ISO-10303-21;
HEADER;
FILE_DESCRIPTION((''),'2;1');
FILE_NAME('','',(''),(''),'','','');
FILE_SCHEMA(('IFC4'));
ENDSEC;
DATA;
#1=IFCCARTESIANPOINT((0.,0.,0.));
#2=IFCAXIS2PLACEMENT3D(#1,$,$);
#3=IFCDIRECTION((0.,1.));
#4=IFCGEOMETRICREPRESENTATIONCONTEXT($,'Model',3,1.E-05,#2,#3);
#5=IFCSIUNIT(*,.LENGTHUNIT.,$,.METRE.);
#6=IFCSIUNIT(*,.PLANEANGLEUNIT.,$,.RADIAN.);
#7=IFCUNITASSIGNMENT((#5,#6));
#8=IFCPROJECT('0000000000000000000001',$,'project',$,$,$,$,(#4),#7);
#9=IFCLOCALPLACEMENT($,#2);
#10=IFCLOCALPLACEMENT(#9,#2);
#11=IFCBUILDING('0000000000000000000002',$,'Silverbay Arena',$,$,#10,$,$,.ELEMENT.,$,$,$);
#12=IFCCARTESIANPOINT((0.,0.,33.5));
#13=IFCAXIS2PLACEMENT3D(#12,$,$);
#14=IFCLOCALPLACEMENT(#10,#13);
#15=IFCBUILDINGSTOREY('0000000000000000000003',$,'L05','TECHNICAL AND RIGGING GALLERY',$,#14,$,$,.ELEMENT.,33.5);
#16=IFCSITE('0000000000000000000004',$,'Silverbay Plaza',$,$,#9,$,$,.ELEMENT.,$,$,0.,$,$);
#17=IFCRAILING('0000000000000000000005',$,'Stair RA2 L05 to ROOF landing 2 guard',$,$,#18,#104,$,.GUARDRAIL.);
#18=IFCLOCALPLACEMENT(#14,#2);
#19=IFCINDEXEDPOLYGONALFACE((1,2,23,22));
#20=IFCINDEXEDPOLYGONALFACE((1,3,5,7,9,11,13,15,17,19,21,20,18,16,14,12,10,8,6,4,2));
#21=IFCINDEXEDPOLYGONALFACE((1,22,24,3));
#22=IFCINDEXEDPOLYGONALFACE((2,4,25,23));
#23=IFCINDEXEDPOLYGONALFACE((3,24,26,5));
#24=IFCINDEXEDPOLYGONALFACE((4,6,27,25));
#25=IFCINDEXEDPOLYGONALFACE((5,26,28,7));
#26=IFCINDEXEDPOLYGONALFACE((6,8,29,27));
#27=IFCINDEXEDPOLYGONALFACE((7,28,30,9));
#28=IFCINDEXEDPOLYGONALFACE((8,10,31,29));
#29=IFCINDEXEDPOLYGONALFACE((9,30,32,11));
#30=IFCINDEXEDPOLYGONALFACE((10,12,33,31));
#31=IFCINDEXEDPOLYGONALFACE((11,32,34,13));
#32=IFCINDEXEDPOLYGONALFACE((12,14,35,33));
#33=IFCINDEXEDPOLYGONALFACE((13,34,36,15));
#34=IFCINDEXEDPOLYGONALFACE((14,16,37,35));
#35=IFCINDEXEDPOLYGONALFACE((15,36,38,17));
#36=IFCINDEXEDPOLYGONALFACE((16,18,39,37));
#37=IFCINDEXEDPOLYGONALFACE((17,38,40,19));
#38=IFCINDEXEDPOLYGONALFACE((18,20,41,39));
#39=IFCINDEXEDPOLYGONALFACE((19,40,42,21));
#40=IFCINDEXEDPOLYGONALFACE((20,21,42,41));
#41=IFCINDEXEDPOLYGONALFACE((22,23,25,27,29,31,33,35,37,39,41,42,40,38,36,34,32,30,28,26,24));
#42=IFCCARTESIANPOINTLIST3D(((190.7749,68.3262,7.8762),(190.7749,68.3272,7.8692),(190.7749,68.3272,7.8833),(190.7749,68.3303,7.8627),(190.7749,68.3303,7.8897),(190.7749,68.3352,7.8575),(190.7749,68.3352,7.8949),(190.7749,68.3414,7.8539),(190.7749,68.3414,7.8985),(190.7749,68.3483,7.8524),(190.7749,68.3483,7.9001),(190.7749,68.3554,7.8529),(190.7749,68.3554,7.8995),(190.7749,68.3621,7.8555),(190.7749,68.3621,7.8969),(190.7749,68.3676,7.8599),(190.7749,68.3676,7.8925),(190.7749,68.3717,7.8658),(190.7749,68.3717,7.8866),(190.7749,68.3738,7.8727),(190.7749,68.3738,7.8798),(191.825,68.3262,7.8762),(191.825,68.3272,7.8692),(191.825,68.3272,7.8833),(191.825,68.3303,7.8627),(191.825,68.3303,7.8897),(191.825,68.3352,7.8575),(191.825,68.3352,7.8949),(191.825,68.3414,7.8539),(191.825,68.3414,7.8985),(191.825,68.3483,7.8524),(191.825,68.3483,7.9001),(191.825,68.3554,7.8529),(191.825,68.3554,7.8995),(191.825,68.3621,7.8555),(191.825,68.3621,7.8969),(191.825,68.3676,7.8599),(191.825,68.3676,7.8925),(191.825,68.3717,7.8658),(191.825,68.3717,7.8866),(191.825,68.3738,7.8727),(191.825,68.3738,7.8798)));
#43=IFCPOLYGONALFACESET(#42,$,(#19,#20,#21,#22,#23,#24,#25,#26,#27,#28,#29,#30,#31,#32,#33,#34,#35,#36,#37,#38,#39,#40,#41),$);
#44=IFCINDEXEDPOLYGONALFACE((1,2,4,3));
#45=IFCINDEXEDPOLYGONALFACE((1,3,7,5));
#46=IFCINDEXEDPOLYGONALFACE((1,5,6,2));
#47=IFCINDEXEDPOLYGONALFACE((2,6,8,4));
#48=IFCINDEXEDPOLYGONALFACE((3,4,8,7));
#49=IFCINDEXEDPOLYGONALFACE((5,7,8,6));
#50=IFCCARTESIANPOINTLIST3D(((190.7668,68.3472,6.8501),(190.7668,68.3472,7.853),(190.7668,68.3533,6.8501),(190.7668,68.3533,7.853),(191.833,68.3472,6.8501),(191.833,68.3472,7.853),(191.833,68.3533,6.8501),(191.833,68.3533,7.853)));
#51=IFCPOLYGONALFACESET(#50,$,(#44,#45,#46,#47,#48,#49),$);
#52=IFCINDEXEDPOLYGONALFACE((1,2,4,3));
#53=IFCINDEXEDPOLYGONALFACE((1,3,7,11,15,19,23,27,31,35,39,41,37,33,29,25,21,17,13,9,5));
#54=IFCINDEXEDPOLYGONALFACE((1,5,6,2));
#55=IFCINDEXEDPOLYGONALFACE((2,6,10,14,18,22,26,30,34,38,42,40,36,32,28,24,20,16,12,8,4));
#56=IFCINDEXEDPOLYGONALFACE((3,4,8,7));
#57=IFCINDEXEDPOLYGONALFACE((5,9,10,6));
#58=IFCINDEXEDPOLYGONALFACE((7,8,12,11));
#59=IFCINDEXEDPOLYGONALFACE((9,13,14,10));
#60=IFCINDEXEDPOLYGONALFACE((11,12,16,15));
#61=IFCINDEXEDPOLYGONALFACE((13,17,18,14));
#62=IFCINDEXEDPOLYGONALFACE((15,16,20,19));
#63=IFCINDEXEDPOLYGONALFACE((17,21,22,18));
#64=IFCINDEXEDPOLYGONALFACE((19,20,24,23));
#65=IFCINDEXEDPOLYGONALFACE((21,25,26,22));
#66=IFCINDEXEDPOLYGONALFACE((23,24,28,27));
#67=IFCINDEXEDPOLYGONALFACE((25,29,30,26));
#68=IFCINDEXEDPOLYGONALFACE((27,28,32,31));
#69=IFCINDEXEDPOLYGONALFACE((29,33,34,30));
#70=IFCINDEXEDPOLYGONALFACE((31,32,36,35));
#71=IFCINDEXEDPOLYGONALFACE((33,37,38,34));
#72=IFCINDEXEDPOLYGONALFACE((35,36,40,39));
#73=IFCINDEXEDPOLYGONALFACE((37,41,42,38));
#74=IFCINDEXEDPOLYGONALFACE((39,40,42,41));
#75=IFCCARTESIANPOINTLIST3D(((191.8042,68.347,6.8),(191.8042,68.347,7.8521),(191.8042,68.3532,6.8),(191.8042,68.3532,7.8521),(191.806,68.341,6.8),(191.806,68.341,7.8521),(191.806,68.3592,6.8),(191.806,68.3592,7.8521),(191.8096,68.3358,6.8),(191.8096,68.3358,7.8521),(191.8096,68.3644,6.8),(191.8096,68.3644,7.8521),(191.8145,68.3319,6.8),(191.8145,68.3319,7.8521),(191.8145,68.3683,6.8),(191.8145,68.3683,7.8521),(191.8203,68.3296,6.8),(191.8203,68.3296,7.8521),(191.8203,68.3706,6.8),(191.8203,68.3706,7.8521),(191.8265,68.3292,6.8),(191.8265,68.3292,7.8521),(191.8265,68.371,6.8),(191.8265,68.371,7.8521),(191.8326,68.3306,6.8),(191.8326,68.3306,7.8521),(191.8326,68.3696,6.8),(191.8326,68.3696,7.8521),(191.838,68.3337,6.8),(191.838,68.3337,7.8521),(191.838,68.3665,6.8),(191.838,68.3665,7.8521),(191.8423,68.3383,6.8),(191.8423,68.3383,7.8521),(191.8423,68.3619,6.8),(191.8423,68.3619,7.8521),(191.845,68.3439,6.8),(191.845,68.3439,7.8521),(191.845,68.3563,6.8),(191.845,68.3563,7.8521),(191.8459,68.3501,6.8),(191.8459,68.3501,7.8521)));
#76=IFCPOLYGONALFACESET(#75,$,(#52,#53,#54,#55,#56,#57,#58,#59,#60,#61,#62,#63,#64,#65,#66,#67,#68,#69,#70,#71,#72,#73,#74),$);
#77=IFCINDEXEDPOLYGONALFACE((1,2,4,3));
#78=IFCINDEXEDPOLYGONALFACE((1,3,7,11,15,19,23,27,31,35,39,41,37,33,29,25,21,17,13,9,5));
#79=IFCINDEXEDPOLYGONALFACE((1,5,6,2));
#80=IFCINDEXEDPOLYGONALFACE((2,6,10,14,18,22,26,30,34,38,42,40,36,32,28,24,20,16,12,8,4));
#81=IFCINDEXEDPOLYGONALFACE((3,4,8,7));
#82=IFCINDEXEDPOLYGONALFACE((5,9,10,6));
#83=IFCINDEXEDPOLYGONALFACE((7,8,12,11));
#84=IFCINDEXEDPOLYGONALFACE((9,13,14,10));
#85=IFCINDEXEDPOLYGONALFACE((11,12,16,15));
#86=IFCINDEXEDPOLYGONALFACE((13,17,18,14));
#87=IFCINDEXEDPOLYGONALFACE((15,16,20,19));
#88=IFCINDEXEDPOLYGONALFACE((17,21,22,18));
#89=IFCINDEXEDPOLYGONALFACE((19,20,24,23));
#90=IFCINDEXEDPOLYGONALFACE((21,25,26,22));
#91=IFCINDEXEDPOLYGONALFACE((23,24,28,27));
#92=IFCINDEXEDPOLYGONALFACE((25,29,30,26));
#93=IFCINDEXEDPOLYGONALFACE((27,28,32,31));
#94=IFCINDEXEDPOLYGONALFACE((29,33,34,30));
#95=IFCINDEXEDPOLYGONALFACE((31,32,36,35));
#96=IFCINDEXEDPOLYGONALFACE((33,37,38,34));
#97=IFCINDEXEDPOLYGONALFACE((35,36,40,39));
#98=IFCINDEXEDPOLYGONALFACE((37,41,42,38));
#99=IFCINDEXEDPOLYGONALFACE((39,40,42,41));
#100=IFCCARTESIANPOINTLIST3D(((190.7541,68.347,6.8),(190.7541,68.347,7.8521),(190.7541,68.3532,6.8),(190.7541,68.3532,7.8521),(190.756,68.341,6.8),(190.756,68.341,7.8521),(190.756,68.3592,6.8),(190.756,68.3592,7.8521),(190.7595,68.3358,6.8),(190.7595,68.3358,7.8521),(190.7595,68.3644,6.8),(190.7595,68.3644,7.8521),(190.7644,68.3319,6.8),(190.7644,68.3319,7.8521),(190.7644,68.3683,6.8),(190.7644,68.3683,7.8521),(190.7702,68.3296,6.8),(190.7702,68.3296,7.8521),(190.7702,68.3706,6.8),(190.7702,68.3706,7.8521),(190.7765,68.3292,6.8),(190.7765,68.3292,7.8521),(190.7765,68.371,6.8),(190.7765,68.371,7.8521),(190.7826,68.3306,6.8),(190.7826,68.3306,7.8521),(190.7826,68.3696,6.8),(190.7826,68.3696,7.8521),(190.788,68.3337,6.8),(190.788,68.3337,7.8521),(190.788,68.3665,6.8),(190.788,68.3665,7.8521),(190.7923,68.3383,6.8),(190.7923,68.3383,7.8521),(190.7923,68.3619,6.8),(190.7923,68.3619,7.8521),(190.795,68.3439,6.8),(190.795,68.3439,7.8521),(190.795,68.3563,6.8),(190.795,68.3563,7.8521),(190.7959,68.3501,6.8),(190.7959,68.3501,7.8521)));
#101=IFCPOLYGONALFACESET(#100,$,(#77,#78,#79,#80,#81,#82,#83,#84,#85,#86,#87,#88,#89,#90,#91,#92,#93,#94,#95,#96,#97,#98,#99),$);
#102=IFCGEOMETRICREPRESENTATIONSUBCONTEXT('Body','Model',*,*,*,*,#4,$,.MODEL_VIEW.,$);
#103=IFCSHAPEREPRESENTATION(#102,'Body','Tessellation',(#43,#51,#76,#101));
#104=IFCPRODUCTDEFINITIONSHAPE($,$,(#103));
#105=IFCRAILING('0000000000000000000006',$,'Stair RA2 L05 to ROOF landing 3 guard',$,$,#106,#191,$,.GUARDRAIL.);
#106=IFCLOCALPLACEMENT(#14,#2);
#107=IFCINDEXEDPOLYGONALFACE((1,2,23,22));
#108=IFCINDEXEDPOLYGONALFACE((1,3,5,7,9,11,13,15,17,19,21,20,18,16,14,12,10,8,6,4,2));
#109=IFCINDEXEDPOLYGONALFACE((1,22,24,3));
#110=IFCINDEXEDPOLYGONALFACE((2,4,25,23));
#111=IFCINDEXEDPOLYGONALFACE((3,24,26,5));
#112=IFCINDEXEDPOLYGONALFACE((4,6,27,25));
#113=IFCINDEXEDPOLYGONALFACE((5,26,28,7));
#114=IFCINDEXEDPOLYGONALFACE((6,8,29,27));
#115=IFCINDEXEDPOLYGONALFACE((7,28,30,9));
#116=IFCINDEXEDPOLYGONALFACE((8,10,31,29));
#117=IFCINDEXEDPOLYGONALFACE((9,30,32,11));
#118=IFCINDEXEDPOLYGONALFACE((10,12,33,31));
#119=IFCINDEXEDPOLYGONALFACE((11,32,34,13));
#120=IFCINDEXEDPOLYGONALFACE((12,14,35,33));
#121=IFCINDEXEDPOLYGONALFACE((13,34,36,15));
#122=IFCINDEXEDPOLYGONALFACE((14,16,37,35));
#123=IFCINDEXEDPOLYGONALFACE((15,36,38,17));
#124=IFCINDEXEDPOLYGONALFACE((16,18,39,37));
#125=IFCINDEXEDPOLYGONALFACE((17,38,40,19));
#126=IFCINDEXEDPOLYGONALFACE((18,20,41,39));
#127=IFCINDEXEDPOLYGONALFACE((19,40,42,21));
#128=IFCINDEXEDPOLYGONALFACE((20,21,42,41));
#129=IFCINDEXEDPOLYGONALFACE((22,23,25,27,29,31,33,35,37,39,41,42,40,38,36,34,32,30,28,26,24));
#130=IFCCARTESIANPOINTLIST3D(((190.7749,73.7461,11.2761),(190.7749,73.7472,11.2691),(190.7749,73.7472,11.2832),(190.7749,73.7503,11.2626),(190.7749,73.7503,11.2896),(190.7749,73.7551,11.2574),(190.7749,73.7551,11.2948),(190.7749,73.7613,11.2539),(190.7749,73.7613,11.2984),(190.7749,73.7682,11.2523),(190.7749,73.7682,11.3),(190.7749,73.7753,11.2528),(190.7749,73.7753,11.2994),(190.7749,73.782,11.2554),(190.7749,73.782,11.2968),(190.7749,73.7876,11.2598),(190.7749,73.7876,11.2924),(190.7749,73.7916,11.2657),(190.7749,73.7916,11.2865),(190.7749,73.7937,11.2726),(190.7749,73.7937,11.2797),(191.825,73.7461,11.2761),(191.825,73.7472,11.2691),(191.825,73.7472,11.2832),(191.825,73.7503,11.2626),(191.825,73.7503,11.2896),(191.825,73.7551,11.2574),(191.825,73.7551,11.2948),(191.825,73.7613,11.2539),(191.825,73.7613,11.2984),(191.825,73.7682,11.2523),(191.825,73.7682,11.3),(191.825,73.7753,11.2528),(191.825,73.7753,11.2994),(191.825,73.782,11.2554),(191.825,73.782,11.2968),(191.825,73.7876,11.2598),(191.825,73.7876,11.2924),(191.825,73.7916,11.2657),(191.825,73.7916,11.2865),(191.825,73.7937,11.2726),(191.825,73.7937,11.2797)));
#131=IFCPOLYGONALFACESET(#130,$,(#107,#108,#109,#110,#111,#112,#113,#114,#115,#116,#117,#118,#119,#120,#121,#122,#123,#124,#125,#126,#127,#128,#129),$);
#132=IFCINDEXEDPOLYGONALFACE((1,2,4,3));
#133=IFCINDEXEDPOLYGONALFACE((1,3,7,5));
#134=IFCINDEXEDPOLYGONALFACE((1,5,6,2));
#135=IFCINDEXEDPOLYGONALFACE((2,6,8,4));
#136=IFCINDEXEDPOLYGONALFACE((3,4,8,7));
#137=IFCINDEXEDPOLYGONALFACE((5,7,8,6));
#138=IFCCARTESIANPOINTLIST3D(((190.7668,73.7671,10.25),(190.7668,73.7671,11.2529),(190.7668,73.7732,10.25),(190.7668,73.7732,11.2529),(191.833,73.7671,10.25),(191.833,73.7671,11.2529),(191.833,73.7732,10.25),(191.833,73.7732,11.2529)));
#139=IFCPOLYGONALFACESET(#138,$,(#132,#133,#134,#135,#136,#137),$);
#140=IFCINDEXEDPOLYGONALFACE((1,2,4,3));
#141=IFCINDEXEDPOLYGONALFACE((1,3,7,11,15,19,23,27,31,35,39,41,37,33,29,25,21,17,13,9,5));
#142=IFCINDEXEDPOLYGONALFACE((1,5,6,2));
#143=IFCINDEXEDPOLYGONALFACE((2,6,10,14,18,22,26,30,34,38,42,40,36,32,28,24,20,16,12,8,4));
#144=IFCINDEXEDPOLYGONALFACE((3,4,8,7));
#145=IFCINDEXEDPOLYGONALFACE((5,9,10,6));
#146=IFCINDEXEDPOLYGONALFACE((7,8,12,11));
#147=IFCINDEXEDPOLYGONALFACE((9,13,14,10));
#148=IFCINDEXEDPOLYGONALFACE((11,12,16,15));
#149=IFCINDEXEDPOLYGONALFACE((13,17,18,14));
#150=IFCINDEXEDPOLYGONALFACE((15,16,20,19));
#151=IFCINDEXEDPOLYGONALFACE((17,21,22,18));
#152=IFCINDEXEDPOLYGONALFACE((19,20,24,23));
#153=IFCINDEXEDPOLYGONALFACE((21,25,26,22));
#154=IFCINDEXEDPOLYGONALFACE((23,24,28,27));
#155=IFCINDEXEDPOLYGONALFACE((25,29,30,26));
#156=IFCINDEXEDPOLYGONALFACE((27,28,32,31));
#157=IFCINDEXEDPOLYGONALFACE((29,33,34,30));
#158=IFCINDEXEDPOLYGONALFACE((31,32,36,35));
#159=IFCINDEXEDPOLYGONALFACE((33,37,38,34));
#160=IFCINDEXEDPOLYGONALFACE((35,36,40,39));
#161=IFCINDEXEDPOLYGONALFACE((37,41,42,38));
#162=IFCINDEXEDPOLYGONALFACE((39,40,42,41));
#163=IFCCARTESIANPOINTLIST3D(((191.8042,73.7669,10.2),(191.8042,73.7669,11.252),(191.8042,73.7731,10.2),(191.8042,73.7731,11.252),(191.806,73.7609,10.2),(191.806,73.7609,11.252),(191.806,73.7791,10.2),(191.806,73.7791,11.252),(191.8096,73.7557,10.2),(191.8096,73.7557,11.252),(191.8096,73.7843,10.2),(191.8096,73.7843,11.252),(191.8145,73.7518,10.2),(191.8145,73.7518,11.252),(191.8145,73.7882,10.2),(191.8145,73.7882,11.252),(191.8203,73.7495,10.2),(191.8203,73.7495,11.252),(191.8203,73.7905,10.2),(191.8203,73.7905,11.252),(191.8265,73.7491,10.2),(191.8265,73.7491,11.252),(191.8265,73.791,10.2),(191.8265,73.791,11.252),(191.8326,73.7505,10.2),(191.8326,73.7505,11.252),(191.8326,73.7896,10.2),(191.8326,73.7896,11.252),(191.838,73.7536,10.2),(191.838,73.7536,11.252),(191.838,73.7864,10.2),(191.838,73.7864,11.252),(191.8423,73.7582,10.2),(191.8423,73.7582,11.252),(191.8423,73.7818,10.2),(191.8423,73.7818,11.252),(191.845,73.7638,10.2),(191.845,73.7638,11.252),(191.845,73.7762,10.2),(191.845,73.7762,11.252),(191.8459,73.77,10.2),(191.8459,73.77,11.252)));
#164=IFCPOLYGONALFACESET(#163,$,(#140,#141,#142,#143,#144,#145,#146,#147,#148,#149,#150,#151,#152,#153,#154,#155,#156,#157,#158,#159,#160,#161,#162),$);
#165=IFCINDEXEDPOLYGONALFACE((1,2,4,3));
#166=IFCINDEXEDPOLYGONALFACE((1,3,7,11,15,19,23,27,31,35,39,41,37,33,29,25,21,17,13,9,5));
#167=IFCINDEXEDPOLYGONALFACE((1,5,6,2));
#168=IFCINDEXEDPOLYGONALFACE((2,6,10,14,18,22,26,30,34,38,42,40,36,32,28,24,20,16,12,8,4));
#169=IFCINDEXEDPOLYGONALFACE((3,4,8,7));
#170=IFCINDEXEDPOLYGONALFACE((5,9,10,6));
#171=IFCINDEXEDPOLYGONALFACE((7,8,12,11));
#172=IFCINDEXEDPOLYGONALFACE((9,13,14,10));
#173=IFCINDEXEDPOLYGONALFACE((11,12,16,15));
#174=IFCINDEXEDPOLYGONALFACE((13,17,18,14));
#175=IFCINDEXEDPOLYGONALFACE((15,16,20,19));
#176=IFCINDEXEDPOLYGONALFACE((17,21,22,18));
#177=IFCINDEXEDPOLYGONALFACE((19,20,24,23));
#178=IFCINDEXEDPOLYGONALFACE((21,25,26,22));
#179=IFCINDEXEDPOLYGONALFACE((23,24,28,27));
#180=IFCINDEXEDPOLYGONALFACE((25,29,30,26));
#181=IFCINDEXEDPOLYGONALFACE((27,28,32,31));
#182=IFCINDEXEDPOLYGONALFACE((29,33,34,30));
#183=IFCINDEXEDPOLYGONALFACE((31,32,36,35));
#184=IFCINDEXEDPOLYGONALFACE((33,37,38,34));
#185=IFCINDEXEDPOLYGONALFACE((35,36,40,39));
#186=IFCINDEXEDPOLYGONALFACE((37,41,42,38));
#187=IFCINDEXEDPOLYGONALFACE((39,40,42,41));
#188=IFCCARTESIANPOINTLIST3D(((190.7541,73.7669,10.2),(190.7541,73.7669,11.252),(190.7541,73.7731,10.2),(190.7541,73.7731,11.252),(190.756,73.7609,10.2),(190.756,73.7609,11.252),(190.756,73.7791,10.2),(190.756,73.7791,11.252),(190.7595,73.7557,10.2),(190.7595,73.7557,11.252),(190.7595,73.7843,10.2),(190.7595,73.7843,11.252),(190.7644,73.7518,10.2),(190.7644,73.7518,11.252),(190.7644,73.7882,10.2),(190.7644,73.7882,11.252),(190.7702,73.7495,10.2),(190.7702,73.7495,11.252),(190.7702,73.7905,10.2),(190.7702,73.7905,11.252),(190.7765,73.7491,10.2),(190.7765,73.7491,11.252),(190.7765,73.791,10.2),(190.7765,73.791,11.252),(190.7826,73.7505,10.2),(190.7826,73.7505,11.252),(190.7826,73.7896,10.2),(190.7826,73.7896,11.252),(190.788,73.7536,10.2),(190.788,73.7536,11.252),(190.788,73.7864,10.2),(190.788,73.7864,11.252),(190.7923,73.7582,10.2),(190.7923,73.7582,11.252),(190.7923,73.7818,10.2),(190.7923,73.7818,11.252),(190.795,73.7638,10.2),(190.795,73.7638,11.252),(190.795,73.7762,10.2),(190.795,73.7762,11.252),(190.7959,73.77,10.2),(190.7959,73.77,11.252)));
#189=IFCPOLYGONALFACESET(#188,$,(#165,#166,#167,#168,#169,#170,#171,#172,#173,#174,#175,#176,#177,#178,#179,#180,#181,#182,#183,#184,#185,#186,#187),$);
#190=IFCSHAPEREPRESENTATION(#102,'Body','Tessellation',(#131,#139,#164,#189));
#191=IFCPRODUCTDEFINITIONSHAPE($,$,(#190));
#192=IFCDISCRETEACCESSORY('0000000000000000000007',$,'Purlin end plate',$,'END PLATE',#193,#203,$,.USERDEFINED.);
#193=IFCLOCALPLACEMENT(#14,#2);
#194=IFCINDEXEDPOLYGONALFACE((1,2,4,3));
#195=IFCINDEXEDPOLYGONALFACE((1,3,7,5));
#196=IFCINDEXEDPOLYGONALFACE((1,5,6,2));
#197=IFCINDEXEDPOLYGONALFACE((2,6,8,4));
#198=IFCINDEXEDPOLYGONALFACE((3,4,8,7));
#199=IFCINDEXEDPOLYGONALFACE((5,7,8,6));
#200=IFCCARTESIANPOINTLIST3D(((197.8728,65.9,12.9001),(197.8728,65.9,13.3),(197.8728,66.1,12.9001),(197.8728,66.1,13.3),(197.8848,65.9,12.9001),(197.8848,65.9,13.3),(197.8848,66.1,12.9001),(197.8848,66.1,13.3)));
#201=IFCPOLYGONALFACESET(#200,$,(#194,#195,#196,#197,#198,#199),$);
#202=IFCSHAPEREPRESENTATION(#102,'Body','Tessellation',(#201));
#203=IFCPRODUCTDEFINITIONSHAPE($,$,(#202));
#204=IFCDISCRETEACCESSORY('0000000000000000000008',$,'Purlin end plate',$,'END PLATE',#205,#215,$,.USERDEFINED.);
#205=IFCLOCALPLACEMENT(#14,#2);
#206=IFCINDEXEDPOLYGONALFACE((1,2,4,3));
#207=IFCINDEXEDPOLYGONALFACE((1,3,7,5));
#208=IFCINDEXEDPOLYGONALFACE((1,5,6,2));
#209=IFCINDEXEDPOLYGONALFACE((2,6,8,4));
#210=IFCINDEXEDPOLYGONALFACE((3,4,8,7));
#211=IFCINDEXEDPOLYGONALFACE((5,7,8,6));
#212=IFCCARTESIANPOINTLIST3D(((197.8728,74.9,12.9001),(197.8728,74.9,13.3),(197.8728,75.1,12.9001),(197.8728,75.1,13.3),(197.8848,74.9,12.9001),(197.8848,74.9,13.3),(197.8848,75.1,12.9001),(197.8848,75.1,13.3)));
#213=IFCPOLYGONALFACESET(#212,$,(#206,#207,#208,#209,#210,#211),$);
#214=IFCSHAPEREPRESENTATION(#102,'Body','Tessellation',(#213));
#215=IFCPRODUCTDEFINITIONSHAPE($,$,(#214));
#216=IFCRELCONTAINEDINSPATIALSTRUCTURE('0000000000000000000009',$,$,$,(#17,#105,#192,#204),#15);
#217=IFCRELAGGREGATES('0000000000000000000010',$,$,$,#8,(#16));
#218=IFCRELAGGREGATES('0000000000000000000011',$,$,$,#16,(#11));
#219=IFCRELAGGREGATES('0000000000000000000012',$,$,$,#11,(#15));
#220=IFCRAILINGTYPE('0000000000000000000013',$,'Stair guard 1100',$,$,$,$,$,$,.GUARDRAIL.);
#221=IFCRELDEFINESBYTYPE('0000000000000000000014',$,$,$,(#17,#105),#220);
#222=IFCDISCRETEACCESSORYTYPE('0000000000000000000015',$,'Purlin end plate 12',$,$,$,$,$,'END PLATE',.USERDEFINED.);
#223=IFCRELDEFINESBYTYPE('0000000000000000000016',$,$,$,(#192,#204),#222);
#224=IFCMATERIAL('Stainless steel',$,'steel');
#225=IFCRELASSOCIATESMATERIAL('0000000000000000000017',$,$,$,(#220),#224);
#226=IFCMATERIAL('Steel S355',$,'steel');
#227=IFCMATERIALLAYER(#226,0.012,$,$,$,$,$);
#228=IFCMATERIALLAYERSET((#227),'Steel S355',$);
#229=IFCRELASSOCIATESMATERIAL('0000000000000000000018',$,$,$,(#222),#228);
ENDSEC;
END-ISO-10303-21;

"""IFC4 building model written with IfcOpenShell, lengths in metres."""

from ifc_helpers import new_model, si_unit, direction, frame, origin, origin_2d, place, context, subcontext, project, spatial, polyline, rectangle, circle, outline, extrude, material, layer, layer_set, type_object, element, save


model = new_model("IFC4")

# Units and contexts
model_context = context("Model", 3, precision=1e-05, world=origin(), true_north=direction((0.0, 1.0)))
body_context = subcontext(model_context, "Body", "Model", "MODEL_VIEW")
ifc_project = project(units=[si_unit("LENGTHUNIT", "METRE"), si_unit("PLANEANGLEUNIT", "RADIAN")], contexts=[model_context])

# Site, building, storey
site_placement = place(None, origin())
site = spatial("IfcSite", under=ifc_project, at=site_placement, Name="Silverbay Plaza", CompositionType="ELEMENT", RefElevation=0.0)
building_placement = place(site_placement, origin())
building = spatial("IfcBuilding", under=site, at=building_placement, Name="Silverbay Arena", CompositionType="ELEMENT")
storey_placement = place(building_placement, frame((0.0, 0.0, 33.5)))
storey = spatial("IfcBuildingStorey", under=building, at=storey_placement, Name="L05", Description="TECHNICAL AND RIGGING GALLERY", CompositionType="ELEMENT", Elevation=33.5)

# Railings
ifc_material_1 = material(Name="Stainless steel", Category="steel")
railing_type_1 = type_object("IfcRailingType", Name="Stair guard 1100", PredefinedType="GUARDRAIL", material=ifc_material_1)
railing_1_placement = place(storey_placement, frame((191.825, 68.3501, 6.8)))
element("IfcRailing", 1, at=railing_1_placement, inside=storey, type_object=railing_type_1, Name="Stair RA2 L05 to ROOF landing 2 guard", PredefinedType="GUARDRAIL", context=body_context, shape_type="SweptSolid", body=[
    extrude(circle(Radius=0.0239, at=origin_2d()), frame((0.0, 0.0, 1.0762), z_axis=(-1.0, 0.0, 0.0), x_axis=(0.0, -1.0, 0.0)), (0.0, 0.0, 1.0), 1.05),
    extrude(outline(polyline([(-0.0081, 0.05), (1.0581, 0.05), (1.0581, 1.053), (-0.0081, 1.053), (-0.0081, 0.05)])), frame((0.0, -0.0029, 0.0), z_axis=(0.0, 1.0, 0.0), x_axis=(-1.0, 0.0, 0.0)), (0.0, 0.0, 1.0), 0.0061),
    extrude(circle(Radius=0.021, at=origin_2d()), origin(), (0.0, 0.0, 1.0), 1.052),
    extrude(circle(Radius=0.021, at=origin_2d()), frame((-1.05, 0.0, 0.0)), (0.0, 0.0, 1.0), 1.052),
])
railing_2_placement = place(storey_placement, frame((191.825, 73.77, 10.2)))
element("IfcRailing", 2, at=railing_2_placement, inside=storey, type_object=railing_type_1, Name="Stair RA2 L05 to ROOF landing 3 guard", PredefinedType="GUARDRAIL", context=body_context, shape_type="SweptSolid", body=[
    extrude(circle(Radius=0.0239, at=origin_2d()), frame((0.0, 0.0, 1.0762), z_axis=(-1.0, 0.0, 0.0), x_axis=(0.0, -1.0, 0.0)), (0.0, 0.0, 1.0), 1.05),
    extrude(outline(polyline([(-0.0081, 0.05), (1.0581, 0.05), (1.0581, 1.053), (-0.0081, 1.053), (-0.0081, 0.05)])), frame((0.0, -0.0029, 0.0), z_axis=(0.0, 1.0, 0.0), x_axis=(-1.0, 0.0, 0.0)), (0.0, 0.0, 1.0), 0.0061),
    extrude(circle(Radius=0.021, at=origin_2d()), origin(), (0.0, 0.0, 1.0), 1.052),
    extrude(circle(Radius=0.021, at=origin_2d()), frame((-1.05, 0.0, 0.0)), (0.0, 0.0, 1.0), 1.052),
])

# Discrete accessories
ifc_material_2 = material(Name="Steel S355", Category="steel")
ifc_layer = layer(ifc_material_2, 0.012)
ifc_layer_set = layer_set([ifc_layer], Name="Steel S355")
discrete_accessory_type = type_object("IfcDiscreteAccessoryType", Name="Purlin end plate 12", ElementType="END PLATE", PredefinedType="USERDEFINED", material=ifc_layer_set)
for number, where, z_axis, x_axis, name in (
    (3, (197.8728, 66.0, 13.1001), (1.0, 0.0, 0.0), (0.0, 1.0, 0.0), "Purlin end plate"),
    (4, (197.8728, 75.0, 13.1001), (1.0, 0.0, 0.0), (0.0, 1.0, 0.0), "Purlin end plate"),
):
    element("IfcDiscreteAccessory", number, at=place(storey_placement, frame(where, z_axis=z_axis, x_axis=x_axis)), inside=storey, type_object=discrete_accessory_type, Name=name, ObjectType="END PLATE", PredefinedType="USERDEFINED", context=body_context, shape_type="SweptSolid", body=[
        extrude(rectangle(XDim=0.2, YDim=0.3999, at=origin_2d()), origin(), (0.0, 0.0, 1.0), 0.012),
    ])

save(model, "model.ifc")
